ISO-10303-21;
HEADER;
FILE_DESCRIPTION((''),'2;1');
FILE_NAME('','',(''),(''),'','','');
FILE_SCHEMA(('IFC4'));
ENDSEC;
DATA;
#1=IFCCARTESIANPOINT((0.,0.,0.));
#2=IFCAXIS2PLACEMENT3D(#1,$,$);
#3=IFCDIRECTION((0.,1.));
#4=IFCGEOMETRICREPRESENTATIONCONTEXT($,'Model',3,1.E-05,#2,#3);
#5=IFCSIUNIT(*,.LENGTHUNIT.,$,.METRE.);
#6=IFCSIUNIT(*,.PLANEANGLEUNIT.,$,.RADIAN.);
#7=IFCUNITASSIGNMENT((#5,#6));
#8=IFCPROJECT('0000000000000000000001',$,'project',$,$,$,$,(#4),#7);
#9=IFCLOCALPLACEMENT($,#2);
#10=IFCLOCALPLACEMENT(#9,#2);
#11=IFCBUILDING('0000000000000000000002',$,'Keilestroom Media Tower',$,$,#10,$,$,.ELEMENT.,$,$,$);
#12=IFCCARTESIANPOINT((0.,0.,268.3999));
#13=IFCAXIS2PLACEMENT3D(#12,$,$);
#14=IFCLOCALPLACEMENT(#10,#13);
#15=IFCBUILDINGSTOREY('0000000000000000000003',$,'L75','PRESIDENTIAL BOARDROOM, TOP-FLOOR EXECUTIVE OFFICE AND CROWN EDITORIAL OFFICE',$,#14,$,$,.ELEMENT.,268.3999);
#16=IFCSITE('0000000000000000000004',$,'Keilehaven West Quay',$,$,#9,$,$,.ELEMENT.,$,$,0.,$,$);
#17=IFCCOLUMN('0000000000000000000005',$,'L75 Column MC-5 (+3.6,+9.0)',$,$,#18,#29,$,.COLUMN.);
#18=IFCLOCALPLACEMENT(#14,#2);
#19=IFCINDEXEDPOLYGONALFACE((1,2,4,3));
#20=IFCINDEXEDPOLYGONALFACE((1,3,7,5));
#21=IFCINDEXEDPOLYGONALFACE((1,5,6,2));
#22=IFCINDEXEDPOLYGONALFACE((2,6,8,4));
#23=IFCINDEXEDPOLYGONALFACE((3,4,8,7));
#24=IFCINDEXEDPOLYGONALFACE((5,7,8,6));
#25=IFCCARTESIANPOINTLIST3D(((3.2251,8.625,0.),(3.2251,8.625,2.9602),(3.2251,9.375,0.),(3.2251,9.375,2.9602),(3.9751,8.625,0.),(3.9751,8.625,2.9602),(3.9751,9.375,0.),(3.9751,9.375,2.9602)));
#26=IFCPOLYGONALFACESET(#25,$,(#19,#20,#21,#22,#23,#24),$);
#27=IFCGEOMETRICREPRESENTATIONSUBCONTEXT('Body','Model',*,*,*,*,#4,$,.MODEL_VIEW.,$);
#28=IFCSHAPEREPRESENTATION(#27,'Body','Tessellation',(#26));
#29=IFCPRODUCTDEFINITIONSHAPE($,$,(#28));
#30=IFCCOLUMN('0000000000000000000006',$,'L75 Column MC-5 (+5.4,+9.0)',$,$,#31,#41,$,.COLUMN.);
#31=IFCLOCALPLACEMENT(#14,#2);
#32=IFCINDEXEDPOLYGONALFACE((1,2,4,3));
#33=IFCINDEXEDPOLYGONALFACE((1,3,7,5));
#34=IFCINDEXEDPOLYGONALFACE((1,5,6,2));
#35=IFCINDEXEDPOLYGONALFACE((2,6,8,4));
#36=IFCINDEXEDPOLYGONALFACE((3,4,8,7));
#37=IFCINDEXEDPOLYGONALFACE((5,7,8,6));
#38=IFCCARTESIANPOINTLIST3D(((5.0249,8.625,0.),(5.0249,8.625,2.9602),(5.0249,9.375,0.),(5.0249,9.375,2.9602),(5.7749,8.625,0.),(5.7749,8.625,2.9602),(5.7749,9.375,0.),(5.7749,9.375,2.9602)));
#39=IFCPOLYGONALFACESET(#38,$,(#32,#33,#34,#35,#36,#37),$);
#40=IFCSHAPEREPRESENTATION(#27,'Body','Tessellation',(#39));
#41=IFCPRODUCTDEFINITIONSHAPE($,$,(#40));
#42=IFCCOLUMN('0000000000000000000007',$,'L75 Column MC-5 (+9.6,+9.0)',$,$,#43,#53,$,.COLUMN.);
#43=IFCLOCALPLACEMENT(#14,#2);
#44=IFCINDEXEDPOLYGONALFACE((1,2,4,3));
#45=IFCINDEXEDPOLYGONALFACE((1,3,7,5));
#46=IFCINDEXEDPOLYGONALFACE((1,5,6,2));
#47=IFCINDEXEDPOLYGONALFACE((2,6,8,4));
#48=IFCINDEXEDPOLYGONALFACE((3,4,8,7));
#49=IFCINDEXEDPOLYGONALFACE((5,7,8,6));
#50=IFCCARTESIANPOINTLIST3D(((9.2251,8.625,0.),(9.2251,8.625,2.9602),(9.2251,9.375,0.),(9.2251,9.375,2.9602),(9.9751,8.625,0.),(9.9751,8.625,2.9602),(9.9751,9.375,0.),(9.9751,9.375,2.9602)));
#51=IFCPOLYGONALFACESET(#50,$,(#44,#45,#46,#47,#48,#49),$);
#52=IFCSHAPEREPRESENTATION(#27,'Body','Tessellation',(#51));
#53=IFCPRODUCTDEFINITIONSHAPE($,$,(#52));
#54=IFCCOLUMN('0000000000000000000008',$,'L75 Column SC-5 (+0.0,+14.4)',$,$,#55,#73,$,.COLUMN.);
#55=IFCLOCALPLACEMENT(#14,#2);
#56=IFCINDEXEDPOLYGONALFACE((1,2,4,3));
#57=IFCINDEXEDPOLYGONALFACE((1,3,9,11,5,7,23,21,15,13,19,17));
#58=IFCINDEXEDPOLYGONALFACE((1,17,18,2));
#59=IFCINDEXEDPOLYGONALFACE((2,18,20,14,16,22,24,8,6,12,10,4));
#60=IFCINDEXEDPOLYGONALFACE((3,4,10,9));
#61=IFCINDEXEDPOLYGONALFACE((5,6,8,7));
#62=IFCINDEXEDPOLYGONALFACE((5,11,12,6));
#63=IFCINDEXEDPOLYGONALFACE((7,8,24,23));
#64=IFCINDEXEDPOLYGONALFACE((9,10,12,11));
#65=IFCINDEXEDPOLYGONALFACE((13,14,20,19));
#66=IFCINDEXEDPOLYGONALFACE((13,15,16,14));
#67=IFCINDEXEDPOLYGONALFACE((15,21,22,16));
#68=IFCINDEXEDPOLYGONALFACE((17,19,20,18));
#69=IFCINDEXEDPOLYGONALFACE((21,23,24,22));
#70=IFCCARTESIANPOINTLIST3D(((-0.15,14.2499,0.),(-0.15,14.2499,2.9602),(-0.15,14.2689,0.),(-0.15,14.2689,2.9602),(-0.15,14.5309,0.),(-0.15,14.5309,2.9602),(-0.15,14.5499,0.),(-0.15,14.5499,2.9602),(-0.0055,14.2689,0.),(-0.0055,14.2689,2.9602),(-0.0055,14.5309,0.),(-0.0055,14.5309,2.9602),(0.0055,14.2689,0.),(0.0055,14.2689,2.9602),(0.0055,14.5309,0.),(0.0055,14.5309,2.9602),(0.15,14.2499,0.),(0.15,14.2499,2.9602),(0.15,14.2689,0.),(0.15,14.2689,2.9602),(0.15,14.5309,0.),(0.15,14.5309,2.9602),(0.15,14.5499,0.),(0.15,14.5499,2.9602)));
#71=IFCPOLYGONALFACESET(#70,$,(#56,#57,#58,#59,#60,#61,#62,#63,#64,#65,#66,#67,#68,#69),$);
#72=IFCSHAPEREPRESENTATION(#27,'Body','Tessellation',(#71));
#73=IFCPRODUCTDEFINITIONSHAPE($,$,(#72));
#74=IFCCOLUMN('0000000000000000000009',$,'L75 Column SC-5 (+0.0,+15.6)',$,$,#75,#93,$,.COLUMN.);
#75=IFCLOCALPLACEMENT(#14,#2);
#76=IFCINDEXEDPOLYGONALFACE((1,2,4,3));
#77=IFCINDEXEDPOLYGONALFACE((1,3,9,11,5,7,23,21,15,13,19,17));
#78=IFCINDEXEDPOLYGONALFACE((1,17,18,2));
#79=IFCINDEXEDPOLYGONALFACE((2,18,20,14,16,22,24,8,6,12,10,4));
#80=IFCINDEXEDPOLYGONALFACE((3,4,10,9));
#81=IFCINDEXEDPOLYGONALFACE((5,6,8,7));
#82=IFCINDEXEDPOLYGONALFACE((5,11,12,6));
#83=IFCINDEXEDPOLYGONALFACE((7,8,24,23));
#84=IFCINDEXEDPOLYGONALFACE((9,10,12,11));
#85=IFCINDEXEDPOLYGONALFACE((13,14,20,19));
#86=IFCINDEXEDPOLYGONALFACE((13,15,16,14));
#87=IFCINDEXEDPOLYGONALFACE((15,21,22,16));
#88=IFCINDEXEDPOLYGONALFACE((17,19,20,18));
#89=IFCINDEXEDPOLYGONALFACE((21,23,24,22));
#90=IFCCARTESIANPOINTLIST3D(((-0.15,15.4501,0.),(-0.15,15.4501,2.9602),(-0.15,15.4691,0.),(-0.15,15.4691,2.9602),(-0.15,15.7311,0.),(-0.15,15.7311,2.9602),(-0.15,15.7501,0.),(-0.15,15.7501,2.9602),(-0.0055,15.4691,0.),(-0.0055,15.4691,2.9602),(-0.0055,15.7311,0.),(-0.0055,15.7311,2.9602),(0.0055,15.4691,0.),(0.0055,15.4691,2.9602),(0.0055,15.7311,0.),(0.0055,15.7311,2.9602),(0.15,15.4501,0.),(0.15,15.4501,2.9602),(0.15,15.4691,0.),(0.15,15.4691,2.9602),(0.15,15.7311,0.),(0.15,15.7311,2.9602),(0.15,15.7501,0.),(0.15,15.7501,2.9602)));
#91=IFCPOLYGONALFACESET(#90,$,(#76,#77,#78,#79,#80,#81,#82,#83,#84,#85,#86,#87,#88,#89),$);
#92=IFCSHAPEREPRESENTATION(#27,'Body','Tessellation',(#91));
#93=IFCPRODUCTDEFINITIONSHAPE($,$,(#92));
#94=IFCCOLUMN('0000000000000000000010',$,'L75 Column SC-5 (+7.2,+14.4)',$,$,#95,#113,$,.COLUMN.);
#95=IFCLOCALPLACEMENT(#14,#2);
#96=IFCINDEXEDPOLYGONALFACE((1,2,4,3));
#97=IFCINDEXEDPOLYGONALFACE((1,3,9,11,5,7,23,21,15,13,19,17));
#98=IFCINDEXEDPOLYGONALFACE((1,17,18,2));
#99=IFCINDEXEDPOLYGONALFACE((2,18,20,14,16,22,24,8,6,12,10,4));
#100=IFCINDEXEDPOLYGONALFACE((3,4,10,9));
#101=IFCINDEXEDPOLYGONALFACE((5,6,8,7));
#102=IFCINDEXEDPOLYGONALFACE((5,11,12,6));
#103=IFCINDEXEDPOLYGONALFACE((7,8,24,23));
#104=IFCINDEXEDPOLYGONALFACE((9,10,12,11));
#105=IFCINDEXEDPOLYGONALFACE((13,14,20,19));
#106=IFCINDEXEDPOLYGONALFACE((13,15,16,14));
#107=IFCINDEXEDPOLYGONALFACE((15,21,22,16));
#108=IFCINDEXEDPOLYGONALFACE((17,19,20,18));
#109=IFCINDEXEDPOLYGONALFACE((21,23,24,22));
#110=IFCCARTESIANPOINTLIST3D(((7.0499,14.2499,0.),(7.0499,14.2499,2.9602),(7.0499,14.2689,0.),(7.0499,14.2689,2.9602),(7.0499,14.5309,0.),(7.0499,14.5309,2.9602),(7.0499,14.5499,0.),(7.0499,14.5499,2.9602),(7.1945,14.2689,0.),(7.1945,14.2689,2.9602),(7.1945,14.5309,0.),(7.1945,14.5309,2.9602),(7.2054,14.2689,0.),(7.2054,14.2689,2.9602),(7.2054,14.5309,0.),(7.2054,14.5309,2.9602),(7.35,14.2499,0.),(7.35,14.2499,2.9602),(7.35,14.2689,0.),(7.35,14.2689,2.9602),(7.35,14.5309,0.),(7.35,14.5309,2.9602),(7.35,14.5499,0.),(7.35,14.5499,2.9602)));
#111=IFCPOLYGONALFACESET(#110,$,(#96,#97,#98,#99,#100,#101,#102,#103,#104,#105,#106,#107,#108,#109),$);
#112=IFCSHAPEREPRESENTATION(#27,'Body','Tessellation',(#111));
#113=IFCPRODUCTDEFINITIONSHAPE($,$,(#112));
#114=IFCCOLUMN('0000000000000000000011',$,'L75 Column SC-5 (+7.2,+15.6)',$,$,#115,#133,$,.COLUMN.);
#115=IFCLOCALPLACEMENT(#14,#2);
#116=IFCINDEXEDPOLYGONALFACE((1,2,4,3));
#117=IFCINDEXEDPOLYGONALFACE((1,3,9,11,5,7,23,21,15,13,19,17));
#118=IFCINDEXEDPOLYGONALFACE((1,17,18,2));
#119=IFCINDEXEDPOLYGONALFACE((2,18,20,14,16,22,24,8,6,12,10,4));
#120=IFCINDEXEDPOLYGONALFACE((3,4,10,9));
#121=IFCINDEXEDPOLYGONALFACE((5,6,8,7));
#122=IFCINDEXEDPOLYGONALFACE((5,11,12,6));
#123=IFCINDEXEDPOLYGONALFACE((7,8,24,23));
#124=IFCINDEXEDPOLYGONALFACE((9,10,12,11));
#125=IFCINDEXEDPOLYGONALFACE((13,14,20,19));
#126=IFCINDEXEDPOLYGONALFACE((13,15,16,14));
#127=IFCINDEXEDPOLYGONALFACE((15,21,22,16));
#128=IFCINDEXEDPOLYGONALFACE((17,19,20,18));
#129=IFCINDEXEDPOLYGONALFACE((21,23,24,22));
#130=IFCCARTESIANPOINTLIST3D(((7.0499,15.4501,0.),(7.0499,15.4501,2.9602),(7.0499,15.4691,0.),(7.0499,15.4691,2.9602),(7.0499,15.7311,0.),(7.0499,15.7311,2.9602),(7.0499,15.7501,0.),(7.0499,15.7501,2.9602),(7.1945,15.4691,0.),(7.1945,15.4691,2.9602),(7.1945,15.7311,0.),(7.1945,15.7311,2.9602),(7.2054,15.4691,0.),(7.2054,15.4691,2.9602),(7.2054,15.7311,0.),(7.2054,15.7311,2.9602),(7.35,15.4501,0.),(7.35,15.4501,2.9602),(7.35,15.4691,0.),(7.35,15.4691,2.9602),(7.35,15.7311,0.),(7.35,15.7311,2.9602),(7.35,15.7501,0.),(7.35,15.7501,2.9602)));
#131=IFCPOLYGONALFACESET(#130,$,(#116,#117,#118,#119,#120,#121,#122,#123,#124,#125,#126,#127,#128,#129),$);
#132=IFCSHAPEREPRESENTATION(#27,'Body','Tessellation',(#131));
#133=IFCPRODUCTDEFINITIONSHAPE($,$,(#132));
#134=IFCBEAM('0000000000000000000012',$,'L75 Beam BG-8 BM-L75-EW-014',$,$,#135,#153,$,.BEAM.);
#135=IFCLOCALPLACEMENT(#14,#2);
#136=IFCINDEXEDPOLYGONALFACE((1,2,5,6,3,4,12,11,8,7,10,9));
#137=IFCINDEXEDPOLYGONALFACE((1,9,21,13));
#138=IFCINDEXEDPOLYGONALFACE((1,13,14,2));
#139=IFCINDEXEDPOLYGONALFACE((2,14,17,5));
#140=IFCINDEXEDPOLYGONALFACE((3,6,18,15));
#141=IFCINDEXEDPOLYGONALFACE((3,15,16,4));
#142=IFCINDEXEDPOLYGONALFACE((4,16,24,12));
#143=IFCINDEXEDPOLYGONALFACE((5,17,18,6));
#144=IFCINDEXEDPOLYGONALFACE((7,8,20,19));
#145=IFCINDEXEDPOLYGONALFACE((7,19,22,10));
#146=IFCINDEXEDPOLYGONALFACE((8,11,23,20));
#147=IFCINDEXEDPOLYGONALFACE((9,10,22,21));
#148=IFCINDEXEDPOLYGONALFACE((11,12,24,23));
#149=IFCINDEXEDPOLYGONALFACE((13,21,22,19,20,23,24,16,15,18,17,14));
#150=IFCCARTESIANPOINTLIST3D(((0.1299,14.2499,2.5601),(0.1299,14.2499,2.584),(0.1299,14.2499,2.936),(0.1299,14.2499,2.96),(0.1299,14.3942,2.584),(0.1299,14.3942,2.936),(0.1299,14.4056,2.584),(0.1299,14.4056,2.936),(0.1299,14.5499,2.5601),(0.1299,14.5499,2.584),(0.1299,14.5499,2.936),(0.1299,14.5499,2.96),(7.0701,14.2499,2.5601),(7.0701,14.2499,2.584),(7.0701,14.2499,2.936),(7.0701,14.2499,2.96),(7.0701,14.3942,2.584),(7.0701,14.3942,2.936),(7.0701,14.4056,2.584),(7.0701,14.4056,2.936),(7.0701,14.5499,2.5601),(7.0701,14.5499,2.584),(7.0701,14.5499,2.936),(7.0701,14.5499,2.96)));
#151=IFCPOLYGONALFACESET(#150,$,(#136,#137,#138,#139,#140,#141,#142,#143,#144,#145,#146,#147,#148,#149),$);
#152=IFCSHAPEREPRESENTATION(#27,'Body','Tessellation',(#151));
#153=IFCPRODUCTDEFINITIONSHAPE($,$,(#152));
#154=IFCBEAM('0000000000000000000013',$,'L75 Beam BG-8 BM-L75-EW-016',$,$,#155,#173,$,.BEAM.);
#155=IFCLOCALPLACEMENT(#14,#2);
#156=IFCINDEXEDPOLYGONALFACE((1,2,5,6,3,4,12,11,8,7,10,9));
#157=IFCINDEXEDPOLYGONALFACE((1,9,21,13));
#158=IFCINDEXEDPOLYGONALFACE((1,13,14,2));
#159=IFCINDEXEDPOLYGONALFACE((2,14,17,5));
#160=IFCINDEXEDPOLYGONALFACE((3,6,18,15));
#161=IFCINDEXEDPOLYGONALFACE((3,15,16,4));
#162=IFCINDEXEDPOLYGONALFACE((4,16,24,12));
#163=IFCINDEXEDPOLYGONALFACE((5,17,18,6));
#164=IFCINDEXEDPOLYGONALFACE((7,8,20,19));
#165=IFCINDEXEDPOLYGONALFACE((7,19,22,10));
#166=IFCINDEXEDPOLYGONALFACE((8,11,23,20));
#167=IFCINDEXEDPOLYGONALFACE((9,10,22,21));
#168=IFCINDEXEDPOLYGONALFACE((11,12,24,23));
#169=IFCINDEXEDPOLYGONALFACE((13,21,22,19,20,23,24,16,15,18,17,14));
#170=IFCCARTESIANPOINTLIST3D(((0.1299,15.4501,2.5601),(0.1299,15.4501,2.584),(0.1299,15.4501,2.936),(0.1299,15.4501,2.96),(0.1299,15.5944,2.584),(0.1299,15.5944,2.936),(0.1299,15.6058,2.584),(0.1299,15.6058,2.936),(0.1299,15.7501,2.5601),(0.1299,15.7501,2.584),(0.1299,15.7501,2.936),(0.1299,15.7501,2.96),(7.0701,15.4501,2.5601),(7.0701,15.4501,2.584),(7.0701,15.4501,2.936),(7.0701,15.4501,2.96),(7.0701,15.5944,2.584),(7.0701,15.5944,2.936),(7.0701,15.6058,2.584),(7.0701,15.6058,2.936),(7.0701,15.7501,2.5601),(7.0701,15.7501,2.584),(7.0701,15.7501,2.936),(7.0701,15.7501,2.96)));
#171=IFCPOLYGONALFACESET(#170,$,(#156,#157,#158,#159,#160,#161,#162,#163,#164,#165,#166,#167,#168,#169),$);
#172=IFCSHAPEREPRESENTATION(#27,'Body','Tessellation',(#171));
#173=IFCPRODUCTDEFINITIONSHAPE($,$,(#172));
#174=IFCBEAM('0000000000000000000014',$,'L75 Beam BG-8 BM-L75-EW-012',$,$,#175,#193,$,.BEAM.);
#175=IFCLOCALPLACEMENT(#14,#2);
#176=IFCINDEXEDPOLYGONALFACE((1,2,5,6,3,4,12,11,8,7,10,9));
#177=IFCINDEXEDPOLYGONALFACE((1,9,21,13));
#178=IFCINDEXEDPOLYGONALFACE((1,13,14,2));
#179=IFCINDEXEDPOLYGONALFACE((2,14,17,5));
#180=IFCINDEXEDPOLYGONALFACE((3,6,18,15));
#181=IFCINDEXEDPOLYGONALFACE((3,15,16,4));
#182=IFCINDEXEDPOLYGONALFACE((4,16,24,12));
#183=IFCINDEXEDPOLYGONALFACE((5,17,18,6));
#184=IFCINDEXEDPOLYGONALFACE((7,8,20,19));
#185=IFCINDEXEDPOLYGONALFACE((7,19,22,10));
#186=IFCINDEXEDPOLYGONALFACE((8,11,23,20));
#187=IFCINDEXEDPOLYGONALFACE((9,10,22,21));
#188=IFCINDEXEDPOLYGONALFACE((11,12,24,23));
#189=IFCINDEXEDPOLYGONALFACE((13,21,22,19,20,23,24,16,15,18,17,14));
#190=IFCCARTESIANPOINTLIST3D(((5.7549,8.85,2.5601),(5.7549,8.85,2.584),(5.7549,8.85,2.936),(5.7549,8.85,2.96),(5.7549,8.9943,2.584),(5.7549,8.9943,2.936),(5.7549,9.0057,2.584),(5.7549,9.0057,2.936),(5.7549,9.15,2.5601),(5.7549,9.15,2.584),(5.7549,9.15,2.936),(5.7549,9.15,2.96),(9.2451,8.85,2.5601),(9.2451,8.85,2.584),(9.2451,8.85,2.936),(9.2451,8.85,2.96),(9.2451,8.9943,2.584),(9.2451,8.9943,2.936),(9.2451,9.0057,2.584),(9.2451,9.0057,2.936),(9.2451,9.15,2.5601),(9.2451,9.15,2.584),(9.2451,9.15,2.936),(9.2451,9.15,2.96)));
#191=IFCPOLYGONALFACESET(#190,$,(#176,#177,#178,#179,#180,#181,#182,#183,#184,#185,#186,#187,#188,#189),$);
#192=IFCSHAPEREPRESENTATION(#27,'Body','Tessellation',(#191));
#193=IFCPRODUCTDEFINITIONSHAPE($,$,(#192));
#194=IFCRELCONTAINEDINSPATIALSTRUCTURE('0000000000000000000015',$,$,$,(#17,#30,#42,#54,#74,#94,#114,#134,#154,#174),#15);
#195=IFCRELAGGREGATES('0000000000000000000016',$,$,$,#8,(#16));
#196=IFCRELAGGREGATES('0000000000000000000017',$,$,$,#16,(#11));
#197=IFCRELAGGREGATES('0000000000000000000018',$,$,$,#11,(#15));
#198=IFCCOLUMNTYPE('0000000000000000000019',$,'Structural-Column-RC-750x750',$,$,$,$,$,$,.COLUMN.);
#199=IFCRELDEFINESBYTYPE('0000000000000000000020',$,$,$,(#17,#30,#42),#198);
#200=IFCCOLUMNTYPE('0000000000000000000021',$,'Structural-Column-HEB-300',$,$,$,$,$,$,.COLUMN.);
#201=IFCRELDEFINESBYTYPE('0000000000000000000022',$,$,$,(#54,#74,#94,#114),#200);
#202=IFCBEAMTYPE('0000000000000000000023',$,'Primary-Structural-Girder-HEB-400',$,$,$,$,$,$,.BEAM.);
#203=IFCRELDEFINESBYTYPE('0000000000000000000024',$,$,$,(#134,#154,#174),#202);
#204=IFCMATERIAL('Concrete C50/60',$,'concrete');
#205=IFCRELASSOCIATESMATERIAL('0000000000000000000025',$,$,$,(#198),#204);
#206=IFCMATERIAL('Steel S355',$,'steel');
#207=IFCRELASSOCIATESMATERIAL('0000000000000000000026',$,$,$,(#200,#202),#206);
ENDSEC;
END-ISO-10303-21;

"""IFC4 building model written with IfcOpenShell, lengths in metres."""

from ifc_helpers import new_model, si_unit, direction, frame, origin, origin_2d, place, context, subcontext, project, spatial, rectangle, i_section, extrude, source, transform, mapped, material, material_profile, profile_set, type_object, element, save


model = new_model("IFC4")

# Units and contexts
model_context = context("Model", 3, precision=1e-05, world=origin(), true_north=direction((0.0, 1.0)))
body_context = subcontext(model_context, "Body", "Model", "MODEL_VIEW")
ifc_project = project(units=[si_unit("LENGTHUNIT", "METRE"), si_unit("PLANEANGLEUNIT", "RADIAN")], contexts=[model_context])

# Site, building, storey
site_placement = place(None, origin())
site = spatial("IfcSite", under=ifc_project, at=site_placement, Name="Keilehaven West Quay", CompositionType="ELEMENT", RefElevation=0.0)
building_placement = place(site_placement, origin())
building = spatial("IfcBuilding", under=site, at=building_placement, Name="Keilestroom Media Tower", CompositionType="ELEMENT")
storey_placement = place(building_placement, frame((0.0, 0.0, 268.3999)))
storey = spatial("IfcBuildingStorey", under=building, at=storey_placement, Name="L75", Description="PRESIDENTIAL BOARDROOM, TOP-FLOOR EXECUTIVE OFFICE AND CROWN EDITORIAL OFFICE", CompositionType="ELEMENT", Elevation=268.3999)

# Columns
ifc_material_1 = material(Name="Concrete C50/60", Category="concrete")
ifc_material_profile_1 = material_profile(ifc_material_1, rectangle(XDim=0.75, YDim=0.75, at=origin_2d()), Name="RC 750x750")
ifc_profile_set_1 = profile_set([ifc_material_profile_1], Name="Concrete C50/60")
column_type_1 = type_object("IfcColumnType", Name="Structural-Column-RC-750x750", PredefinedType="COLUMN", material=ifc_profile_set_1)
shared_shape_1 = source(origin(), body_context, "Body", "SweptSolid", [
    extrude(rectangle(XDim=0.75, YDim=0.75, at=origin_2d()), origin(), (0.0, 0.0, 1.0), 2.9602),
])
for number, where, z_axis, x_axis, name in (
    (1, (3.6001, 9.0, 0.0), (0.0, 0.0, 1.0), (1.0, 0.0, 0.0), "L75 Column MC-5 (+3.6,+9.0)"),
    (2, (5.3999, 9.0, 0.0), (0.0, 0.0, 1.0), (1.0, 0.0, 0.0), "L75 Column MC-5 (+5.4,+9.0)"),
    (3, (9.6001, 9.0, 0.0), (0.0, 0.0, 1.0), (1.0, 0.0, 0.0), "L75 Column MC-5 (+9.6,+9.0)"),
):
    element("IfcColumn", number, at=place(storey_placement, frame(where, z_axis=z_axis, x_axis=x_axis)), inside=storey, type_object=column_type_1, Name=name, PredefinedType="COLUMN", context=body_context, shape_type="MappedRepresentation", body=[
        mapped(shared_shape_1, transform((0.0, 0.0, 0.0), x_axis=(1.0, 0.0, 0.0), y_axis=(0.0, 1.0, 0.0), z_axis=(0.0, 0.0, 1.0), scale=1.0)),
    ])
ifc_material_2 = material(Name="Steel S355", Category="steel")
ifc_material_profile_2 = material_profile(ifc_material_2, i_section(OverallWidth=0.3, OverallDepth=0.3, WebThickness=0.011, FlangeThickness=0.019, at=origin_2d()), Name="HEB 300")
ifc_profile_set_2 = profile_set([ifc_material_profile_2], Name="Steel S355")
column_type_2 = type_object("IfcColumnType", Name="Structural-Column-HEB-300", PredefinedType="COLUMN", material=ifc_profile_set_2)
shared_shape_2 = source(origin(), body_context, "Body", "SweptSolid", [
    extrude(i_section(OverallWidth=0.3, OverallDepth=0.3, WebThickness=0.011, FlangeThickness=0.019, at=origin_2d()), origin(), (0.0, 0.0, 1.0), 2.9602),
])
for number, where, z_axis, x_axis, name in (
    (4, (0.0, 14.3999, 0.0), (0.0, 0.0, 1.0), (1.0, 0.0, 0.0), "L75 Column SC-5 (+0.0,+14.4)"),
    (5, (0.0, 15.6001, 0.0), (0.0, 0.0, 1.0), (1.0, 0.0, 0.0), "L75 Column SC-5 (+0.0,+15.6)"),
    (6, (7.2, 14.3999, 0.0), (0.0, 0.0, 1.0), (1.0, 0.0, 0.0), "L75 Column SC-5 (+7.2,+14.4)"),
    (7, (7.2, 15.6001, 0.0), (0.0, 0.0, 1.0), (1.0, 0.0, 0.0), "L75 Column SC-5 (+7.2,+15.6)"),
):
    element("IfcColumn", number, at=place(storey_placement, frame(where, z_axis=z_axis, x_axis=x_axis)), inside=storey, type_object=column_type_2, Name=name, PredefinedType="COLUMN", context=body_context, shape_type="MappedRepresentation", body=[
        mapped(shared_shape_2, transform((0.0, 0.0, 0.0), x_axis=(1.0, 0.0, 0.0), y_axis=(0.0, 1.0, 0.0), z_axis=(0.0, 0.0, 1.0), scale=1.0)),
    ])

# Beams
ifc_material_profile_3 = material_profile(ifc_material_2, i_section(OverallWidth=0.3, OverallDepth=0.3999, WebThickness=0.0115, FlangeThickness=0.0239, at=origin_2d()), Name="HEB 400")
ifc_profile_set_3 = profile_set([ifc_material_profile_3], Name="Steel S355")
beam_type = type_object("IfcBeamType", Name="Primary-Structural-Girder-HEB-400", PredefinedType="BEAM", material=ifc_profile_set_3)
shared_shape_3 = source(origin(), body_context, "Body", "SweptSolid", [
    extrude(i_section(OverallWidth=0.3, OverallDepth=0.3999, WebThickness=0.0115, FlangeThickness=0.0239, at=origin_2d()), origin(), (0.0, 0.0, 1.0), 6.9402),
])
for number, where, z_axis, x_axis, name in (
    (8, (0.1299, 14.3999, 2.76), (1.0, 0.0, 0.0), (0.0, 1.0, 0.0), "L75 Beam BG-8 BM-L75-EW-014"),
    (9, (0.1299, 15.6001, 2.76), (1.0, 0.0, 0.0), (0.0, 1.0, 0.0), "L75 Beam BG-8 BM-L75-EW-016"),
):
    element("IfcBeam", number, at=place(storey_placement, frame(where, z_axis=z_axis, x_axis=x_axis)), inside=storey, type_object=beam_type, Name=name, PredefinedType="BEAM", context=body_context, shape_type="MappedRepresentation", body=[
        mapped(shared_shape_3, transform((0.0, 0.0, 0.0), x_axis=(1.0, 0.0, 0.0), y_axis=(0.0, 1.0, 0.0), z_axis=(0.0, 0.0, 1.0), scale=1.0)),
    ])
shared_shape_4 = source(origin(), body_context, "Body", "SweptSolid", [
    extrude(i_section(OverallWidth=0.3, OverallDepth=0.3999, WebThickness=0.0115, FlangeThickness=0.0239, at=origin_2d()), origin(), (0.0, 0.0, 1.0), 3.4902),
])
beam_1_placement = place(storey_placement, frame((5.7549, 9.0, 2.76), z_axis=(1.0, 0.0, 0.0), x_axis=(0.0, 1.0, 0.0)))
element("IfcBeam", 10, at=beam_1_placement, inside=storey, type_object=beam_type, Name="L75 Beam BG-8 BM-L75-EW-012", PredefinedType="BEAM", context=body_context, shape_type="MappedRepresentation", body=[
    mapped(shared_shape_4, transform((0.0, 0.0, 0.0), x_axis=(1.0, 0.0, 0.0), y_axis=(0.0, 1.0, 0.0), z_axis=(0.0, 0.0, 1.0), scale=1.0)),
])

save(model, "model.ifc")
